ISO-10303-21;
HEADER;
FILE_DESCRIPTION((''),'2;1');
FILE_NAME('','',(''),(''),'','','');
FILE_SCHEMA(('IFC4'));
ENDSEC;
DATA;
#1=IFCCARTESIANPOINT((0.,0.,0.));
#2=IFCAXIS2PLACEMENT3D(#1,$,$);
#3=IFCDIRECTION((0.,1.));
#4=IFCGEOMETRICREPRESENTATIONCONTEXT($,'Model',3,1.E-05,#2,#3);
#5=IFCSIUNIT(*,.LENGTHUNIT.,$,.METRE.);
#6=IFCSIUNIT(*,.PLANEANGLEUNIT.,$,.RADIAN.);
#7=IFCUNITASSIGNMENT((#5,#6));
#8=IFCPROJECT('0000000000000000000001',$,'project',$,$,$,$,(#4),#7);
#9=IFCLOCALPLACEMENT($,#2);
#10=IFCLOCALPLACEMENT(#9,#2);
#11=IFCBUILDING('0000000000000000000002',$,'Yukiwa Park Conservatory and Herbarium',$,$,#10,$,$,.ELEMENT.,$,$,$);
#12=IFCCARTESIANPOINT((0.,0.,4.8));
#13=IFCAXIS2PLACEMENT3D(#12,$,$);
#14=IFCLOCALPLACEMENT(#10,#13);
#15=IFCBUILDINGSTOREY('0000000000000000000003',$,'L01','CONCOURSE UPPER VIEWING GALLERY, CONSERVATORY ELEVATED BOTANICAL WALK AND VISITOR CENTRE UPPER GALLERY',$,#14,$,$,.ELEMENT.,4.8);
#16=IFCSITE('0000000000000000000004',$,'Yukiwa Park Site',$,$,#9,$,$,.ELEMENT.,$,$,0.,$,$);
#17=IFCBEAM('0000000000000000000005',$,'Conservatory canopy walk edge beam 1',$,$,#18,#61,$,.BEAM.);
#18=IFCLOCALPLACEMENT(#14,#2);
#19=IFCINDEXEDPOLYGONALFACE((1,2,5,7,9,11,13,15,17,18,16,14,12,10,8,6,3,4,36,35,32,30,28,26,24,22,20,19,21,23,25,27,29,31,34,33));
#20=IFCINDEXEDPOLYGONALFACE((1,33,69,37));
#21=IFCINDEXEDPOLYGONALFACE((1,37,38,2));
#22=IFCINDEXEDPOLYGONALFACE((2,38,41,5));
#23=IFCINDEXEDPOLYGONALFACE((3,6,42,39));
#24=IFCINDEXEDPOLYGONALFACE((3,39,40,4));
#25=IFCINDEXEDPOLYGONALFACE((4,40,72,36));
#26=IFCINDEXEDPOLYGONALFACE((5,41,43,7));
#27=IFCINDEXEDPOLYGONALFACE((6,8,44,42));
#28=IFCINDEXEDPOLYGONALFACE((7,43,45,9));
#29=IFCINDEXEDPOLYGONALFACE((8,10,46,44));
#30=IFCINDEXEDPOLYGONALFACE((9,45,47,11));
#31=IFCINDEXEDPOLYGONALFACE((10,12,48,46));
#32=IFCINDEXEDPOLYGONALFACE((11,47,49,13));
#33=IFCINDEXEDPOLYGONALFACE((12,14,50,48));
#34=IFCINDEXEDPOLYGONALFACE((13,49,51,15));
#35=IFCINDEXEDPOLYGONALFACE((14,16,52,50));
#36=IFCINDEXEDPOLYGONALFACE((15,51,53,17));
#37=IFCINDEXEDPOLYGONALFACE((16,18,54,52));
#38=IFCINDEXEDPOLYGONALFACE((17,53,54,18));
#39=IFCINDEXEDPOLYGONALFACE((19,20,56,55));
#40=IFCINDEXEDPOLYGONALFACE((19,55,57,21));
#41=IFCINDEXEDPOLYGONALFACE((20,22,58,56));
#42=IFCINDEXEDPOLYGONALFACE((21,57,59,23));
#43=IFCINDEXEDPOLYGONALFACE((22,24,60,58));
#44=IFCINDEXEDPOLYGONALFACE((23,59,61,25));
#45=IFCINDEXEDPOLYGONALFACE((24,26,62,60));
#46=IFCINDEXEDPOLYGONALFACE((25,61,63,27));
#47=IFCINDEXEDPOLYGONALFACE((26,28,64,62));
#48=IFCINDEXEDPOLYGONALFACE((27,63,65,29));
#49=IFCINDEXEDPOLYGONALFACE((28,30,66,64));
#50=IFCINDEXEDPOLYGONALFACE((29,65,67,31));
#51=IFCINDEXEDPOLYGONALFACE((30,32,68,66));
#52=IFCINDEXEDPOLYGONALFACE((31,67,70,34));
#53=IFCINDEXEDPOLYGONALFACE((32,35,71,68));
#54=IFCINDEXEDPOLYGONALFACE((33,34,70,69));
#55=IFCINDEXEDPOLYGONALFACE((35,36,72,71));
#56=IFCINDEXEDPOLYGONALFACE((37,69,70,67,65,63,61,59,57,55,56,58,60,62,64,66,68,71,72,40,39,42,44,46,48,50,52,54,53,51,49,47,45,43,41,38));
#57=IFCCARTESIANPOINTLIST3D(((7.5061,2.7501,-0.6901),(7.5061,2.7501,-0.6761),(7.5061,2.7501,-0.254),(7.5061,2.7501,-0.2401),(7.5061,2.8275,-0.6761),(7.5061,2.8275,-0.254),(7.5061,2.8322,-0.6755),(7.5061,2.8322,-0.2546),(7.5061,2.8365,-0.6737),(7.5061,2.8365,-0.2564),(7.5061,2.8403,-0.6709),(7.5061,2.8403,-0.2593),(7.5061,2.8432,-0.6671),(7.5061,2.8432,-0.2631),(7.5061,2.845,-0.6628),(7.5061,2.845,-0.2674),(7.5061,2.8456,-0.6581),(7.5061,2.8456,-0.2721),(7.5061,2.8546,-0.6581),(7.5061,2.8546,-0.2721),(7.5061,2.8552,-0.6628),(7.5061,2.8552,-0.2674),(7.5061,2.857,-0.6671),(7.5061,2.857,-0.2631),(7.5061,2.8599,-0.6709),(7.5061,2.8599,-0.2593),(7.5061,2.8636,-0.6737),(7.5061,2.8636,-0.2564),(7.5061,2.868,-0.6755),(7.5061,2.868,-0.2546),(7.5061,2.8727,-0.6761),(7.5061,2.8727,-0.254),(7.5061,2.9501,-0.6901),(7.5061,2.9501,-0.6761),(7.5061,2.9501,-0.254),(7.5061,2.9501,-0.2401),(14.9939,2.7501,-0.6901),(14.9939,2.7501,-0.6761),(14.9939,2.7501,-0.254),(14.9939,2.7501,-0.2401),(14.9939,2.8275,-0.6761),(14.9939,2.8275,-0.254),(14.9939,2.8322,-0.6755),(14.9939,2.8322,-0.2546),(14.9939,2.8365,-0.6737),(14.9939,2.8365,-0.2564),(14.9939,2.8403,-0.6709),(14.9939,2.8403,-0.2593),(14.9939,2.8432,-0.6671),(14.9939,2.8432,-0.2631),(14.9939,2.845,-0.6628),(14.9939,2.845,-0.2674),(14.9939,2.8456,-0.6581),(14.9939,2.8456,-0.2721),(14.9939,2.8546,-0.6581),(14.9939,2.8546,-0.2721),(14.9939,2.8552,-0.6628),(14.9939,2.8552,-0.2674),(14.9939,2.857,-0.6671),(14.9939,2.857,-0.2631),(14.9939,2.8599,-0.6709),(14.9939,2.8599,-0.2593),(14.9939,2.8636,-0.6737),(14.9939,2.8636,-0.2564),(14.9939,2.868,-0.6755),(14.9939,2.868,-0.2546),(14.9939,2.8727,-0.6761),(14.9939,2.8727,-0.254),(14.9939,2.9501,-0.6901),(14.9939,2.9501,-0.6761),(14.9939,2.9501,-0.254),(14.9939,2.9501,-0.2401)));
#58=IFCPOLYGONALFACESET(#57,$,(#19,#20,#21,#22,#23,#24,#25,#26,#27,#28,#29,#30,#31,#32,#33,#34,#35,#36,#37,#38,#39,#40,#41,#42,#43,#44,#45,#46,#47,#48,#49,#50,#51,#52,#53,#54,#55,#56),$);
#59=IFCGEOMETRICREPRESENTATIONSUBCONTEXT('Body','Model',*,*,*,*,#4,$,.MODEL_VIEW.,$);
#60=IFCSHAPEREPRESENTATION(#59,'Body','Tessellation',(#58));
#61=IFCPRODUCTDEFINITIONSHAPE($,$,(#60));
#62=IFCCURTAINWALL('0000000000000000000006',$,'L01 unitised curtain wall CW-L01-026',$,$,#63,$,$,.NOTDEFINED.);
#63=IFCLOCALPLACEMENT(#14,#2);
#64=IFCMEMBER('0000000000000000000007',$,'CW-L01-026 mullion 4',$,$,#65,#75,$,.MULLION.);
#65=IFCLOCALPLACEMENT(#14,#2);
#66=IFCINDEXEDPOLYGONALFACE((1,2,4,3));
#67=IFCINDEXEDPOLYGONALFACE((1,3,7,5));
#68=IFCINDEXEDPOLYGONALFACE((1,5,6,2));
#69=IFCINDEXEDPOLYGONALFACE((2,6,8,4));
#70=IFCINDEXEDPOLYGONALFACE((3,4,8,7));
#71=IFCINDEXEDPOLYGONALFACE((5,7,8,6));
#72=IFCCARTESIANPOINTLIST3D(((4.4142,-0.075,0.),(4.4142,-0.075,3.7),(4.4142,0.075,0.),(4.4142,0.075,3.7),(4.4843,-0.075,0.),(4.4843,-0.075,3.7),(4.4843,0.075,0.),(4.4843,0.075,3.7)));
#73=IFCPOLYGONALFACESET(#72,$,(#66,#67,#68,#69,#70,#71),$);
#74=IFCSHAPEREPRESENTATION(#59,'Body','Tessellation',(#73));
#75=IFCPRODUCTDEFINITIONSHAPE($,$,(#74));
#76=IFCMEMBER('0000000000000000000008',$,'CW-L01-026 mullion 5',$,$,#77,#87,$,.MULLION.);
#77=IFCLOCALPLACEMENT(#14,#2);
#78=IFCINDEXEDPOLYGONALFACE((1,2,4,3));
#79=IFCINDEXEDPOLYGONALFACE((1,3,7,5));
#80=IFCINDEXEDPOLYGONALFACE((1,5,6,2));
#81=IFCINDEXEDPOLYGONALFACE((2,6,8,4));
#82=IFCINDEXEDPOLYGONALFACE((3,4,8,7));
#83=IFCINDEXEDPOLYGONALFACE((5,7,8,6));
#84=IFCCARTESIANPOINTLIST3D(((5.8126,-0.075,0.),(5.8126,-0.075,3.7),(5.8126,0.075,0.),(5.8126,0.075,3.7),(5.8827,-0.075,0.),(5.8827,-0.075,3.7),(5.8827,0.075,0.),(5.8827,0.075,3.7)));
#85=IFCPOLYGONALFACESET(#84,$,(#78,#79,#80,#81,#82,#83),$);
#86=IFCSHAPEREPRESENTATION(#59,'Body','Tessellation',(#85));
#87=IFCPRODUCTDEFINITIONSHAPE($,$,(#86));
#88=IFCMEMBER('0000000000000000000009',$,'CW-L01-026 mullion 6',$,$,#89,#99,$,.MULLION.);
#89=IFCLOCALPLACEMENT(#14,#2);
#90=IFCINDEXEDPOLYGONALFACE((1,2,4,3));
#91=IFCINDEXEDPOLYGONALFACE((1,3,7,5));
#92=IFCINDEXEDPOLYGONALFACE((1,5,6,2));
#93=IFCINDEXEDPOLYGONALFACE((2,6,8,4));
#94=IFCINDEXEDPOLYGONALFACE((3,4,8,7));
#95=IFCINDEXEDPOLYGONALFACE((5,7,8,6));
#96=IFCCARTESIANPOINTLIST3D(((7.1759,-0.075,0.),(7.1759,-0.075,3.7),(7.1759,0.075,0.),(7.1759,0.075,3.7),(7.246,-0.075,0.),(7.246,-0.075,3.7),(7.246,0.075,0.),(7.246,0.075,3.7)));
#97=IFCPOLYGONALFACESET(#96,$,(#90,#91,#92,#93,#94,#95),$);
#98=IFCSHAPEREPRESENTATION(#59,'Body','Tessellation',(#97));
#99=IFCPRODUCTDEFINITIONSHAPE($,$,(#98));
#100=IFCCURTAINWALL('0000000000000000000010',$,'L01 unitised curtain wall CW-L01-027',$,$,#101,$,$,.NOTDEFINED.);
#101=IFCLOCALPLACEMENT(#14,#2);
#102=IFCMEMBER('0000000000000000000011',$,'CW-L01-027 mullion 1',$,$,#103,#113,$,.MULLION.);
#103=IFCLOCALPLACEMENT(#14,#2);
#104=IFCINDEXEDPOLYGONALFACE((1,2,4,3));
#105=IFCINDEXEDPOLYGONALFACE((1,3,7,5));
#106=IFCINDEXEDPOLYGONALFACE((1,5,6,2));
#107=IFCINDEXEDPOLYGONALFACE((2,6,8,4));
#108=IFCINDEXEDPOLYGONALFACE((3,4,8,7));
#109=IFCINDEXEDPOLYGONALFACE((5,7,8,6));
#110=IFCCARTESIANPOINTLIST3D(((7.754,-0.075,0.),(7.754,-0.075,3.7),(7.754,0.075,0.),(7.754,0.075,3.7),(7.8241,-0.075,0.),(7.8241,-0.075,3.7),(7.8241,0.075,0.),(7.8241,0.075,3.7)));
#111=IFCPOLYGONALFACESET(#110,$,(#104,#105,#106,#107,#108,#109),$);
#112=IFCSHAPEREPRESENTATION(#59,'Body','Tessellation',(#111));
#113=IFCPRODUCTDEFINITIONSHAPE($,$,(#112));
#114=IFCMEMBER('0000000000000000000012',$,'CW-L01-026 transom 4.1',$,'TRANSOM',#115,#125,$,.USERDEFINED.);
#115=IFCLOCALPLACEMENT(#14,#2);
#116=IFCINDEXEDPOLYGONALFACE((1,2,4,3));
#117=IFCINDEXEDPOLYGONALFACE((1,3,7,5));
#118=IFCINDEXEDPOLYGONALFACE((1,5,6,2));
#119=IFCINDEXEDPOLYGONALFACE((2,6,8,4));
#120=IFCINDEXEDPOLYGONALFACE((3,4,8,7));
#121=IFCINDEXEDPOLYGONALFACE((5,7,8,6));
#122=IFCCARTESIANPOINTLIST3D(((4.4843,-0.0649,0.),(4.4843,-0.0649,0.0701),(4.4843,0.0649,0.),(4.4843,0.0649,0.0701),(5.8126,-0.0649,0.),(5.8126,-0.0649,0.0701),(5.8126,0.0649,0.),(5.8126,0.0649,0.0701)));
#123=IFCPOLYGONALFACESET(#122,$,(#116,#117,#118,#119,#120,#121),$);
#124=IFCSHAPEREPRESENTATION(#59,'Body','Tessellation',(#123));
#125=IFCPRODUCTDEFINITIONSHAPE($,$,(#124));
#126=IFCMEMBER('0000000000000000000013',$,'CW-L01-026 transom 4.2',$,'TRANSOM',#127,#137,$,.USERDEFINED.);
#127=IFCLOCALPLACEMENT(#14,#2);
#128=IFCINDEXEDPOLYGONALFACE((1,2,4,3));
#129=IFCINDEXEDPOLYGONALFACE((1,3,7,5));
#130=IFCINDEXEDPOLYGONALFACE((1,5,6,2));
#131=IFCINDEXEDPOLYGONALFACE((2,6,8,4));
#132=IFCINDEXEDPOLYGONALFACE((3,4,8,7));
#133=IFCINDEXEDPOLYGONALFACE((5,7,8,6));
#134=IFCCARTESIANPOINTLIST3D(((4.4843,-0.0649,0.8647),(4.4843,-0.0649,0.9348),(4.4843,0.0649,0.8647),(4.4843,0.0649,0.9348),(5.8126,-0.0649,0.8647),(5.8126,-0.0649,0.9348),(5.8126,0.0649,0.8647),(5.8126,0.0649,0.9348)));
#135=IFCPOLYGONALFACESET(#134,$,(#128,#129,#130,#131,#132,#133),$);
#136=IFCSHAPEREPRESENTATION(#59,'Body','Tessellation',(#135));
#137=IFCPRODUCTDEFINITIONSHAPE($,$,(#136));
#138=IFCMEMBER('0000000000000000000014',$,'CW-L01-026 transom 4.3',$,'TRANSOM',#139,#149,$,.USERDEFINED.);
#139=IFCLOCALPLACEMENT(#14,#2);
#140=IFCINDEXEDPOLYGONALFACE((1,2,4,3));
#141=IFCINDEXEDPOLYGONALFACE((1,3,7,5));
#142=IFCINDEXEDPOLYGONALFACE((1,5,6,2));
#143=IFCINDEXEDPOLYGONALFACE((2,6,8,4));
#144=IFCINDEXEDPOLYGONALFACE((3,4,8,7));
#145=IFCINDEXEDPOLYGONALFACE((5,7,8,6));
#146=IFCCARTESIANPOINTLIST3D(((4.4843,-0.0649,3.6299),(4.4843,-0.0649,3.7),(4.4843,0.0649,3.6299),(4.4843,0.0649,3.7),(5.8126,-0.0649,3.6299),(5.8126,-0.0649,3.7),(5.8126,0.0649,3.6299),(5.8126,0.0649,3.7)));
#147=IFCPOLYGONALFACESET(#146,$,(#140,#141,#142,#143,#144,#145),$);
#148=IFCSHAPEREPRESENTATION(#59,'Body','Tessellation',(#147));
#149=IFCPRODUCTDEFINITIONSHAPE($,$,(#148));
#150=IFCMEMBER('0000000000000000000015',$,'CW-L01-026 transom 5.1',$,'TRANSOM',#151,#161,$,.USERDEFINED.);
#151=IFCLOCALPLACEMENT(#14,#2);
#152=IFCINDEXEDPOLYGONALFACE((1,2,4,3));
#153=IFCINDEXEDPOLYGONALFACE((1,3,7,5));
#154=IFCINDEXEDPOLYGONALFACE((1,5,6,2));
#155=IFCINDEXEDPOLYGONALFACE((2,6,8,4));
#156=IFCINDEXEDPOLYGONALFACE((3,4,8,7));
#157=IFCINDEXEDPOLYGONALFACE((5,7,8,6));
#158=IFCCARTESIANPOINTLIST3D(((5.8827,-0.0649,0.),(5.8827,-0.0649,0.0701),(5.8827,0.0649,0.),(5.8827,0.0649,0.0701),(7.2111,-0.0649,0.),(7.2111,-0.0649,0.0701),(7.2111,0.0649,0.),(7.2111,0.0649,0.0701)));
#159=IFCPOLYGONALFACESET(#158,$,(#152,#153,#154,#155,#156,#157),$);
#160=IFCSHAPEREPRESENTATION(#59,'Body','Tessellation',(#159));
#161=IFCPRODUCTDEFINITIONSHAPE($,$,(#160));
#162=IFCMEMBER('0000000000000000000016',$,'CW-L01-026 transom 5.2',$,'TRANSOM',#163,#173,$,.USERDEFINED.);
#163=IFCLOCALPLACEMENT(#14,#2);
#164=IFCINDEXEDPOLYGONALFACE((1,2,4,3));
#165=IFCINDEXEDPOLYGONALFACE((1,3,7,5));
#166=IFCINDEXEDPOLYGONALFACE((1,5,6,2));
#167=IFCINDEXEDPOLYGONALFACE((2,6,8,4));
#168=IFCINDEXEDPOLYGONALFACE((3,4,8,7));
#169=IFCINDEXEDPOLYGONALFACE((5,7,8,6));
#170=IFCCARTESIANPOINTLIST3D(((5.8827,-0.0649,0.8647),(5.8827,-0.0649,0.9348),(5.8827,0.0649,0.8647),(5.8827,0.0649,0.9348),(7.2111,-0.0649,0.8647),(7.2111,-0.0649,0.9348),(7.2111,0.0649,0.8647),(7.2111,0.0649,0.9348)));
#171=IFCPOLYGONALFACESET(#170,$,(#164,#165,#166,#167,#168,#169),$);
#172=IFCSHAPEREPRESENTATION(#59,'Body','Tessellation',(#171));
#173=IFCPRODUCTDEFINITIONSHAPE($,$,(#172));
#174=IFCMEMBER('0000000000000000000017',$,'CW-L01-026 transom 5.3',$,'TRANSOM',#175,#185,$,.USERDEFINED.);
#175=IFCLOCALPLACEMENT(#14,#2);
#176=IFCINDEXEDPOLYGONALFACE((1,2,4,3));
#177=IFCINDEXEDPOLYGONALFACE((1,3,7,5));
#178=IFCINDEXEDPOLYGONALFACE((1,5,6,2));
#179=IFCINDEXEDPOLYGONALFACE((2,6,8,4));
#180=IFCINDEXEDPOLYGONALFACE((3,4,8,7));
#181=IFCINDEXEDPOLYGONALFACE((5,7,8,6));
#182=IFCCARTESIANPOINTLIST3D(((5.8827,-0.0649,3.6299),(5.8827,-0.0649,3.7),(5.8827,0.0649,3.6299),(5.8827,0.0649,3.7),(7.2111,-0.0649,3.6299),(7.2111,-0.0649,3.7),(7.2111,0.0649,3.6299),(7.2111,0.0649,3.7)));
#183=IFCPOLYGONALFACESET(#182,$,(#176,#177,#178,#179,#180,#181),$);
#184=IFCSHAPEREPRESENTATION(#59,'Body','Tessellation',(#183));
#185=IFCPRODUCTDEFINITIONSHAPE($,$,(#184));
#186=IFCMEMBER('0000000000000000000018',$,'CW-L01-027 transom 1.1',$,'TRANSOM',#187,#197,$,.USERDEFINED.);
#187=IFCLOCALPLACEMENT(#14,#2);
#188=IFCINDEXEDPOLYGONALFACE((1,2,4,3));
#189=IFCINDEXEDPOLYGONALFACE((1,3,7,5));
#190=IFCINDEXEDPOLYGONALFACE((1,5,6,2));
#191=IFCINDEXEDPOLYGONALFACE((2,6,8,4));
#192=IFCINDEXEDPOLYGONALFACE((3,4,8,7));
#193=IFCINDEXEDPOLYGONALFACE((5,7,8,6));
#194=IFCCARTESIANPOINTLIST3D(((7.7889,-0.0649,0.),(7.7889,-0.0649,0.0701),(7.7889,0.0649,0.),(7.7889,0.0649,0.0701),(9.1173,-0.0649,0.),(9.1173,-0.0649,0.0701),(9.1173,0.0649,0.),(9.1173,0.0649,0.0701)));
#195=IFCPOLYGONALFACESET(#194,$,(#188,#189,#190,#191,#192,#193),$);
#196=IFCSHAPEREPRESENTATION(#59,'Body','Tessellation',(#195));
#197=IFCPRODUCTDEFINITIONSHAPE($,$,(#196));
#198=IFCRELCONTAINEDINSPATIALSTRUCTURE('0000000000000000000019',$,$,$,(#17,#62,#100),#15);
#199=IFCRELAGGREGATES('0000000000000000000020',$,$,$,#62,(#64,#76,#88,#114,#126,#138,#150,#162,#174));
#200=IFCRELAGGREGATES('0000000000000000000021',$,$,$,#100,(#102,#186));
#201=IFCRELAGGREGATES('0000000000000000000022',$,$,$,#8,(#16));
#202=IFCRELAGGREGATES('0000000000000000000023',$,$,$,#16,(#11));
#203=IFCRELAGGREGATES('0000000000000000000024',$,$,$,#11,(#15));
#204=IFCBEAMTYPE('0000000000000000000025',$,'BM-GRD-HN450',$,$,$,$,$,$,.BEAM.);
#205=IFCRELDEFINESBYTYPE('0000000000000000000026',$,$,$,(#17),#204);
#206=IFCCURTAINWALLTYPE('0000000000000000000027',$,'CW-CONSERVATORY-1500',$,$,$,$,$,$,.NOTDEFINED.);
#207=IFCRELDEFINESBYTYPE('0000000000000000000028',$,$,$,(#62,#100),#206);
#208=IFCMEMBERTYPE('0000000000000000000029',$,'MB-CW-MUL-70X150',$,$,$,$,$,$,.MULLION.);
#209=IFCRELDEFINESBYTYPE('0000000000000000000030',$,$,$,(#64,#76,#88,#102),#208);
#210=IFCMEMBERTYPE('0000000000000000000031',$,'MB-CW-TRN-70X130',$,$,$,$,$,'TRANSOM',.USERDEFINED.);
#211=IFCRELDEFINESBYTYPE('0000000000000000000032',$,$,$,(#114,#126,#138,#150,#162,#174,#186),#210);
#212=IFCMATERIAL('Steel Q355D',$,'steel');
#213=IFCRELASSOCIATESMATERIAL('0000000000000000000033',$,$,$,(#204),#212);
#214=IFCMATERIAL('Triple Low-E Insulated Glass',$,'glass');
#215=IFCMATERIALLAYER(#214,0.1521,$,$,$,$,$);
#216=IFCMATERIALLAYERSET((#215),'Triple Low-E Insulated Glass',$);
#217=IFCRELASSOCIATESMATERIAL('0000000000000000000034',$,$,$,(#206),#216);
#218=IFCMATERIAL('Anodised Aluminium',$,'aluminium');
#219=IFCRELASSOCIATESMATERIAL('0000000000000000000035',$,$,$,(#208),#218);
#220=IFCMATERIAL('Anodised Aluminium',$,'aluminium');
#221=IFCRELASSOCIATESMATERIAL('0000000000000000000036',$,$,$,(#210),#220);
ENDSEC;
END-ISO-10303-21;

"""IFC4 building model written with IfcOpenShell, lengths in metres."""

from ifc_helpers import new_model, si_unit, direction, frame, origin, origin_2d, place, context, subcontext, project, spatial, rectangle, i_section, extrude, material, layer, layer_set, material_profile, profile_set, type_object, element, aggregate, save


model = new_model("IFC4")

# Units and contexts
model_context = context("Model", 3, precision=1e-05, world=origin(), true_north=direction((0.0, 1.0)))
body_context = subcontext(model_context, "Body", "Model", "MODEL_VIEW")
ifc_project = project(units=[si_unit("LENGTHUNIT", "METRE"), si_unit("PLANEANGLEUNIT", "RADIAN")], contexts=[model_context])

# Site, building, storey
site_placement = place(None, origin())
site = spatial("IfcSite", under=ifc_project, at=site_placement, Name="Yukiwa Park Site", CompositionType="ELEMENT", RefElevation=0.0)
building_placement = place(site_placement, origin())
building = spatial("IfcBuilding", under=site, at=building_placement, Name="Yukiwa Park Conservatory and Herbarium", CompositionType="ELEMENT")
storey_placement = place(building_placement, frame((0.0, 0.0, 4.8)))
storey = spatial("IfcBuildingStorey", under=building, at=storey_placement, Name="L01", Description="CONCOURSE UPPER VIEWING GALLERY, CONSERVATORY ELEVATED BOTANICAL WALK AND VISITOR CENTRE UPPER GALLERY", CompositionType="ELEMENT", Elevation=4.8)

# Beam
ifc_material_1 = material(Name="Steel Q355D", Category="steel")
ifc_material_profile_1 = material_profile(ifc_material_1, i_section(OverallWidth=0.2, OverallDepth=0.45, WebThickness=0.009, FlangeThickness=0.0139, FilletRadius=0.0181, at=origin_2d()), Name="HN 450x200x9x14")
ifc_profile_set_1 = profile_set([ifc_material_profile_1], Name="Steel Q355D")
beam_type = type_object("IfcBeamType", Name="BM-GRD-HN450", PredefinedType="BEAM", material=ifc_profile_set_1)
beam_1_placement = place(storey_placement, frame((7.5061, 2.8501, -0.4651), z_axis=(1.0, 0.0, 0.0), x_axis=(0.0, 1.0, 0.0)))
element("IfcBeam", 1, at=beam_1_placement, inside=storey, type_object=beam_type, Name="Conservatory canopy walk edge beam 1", PredefinedType="BEAM", context=body_context, shape_type="SweptSolid", body=[
    extrude(i_section(OverallWidth=0.2, OverallDepth=0.45, WebThickness=0.009, FlangeThickness=0.0139, FilletRadius=0.0181, at=origin_2d()), origin(), (0.0, 0.0, 1.0), 7.4878),
])

# Curtain wall, members
ifc_material_2 = material(Name="Triple Low-E Insulated Glass", Category="glass")
ifc_layer_1 = layer(ifc_material_2, 0.1521)
ifc_layer_set_1 = layer_set([ifc_layer_1], Name="Triple Low-E Insulated Glass")
curtain_wall_type = type_object("IfcCurtainWallType", Name="CW-CONSERVATORY-1500", PredefinedType="NOTDEFINED", material=ifc_layer_set_1)
curtain_wall_1_placement = place(storey_placement, origin())
curtain_wall_1 = element("IfcCurtainWall", 2, at=curtain_wall_1_placement, inside=storey, type_object=curtain_wall_type, Name="L01 unitised curtain wall CW-L01-026", PredefinedType="NOTDEFINED")
ifc_material_3 = material(Name="Anodised Aluminium", Category="aluminium")
member_type_1 = type_object("IfcMemberType", Name="MB-CW-MUL-70X150", PredefinedType="MULLION", material=ifc_material_3)
member_1_placement = place(storey_placement, frame((4.4492, 0.0, 0.0), z_axis=(0.0, 0.0, 1.0), x_axis=(1.0, 0.0, 0.0)))
member_1 = element("IfcMember", 3, at=member_1_placement, type_object=member_type_1, Name="CW-L01-026 mullion 4", PredefinedType="MULLION", context=body_context, shape_type="SweptSolid", body=[
    extrude(rectangle(XDim=0.0701, YDim=0.1499, at=origin_2d()), origin(), (0.0, 0.0, 1.0), 3.7),
])
member_2_placement = place(storey_placement, frame((5.8477, 0.0, 0.0), z_axis=(0.0, 0.0, 1.0), x_axis=(1.0, 0.0, 0.0)))
member_2 = element("IfcMember", 4, at=member_2_placement, type_object=member_type_1, Name="CW-L01-026 mullion 5", PredefinedType="MULLION", context=body_context, shape_type="SweptSolid", body=[
    extrude(rectangle(XDim=0.0701, YDim=0.1499, at=origin_2d()), origin(), (0.0, 0.0, 1.0), 3.7),
])
member_3_placement = place(storey_placement, frame((7.2109, 0.0, 0.0), z_axis=(0.0, 0.0, 1.0), x_axis=(1.0, 0.0, 0.0)))
member_3 = element("IfcMember", 5, at=member_3_placement, type_object=member_type_1, Name="CW-L01-026 mullion 6", PredefinedType="MULLION", context=body_context, shape_type="SweptSolid", body=[
    extrude(rectangle(XDim=0.0701, YDim=0.1499, at=origin_2d()), origin(), (0.0, 0.0, 1.0), 3.7),
])

# Curtain wall, member
curtain_wall_2_placement = place(storey_placement, origin())
curtain_wall_2 = element("IfcCurtainWall", 6, at=curtain_wall_2_placement, inside=storey, type_object=curtain_wall_type, Name="L01 unitised curtain wall CW-L01-027", PredefinedType="NOTDEFINED")
member_4_placement = place(storey_placement, frame((7.7891, 0.0, 0.0), z_axis=(0.0, 0.0, 1.0), x_axis=(1.0, 0.0, 0.0)))
member_4 = element("IfcMember", 7, at=member_4_placement, type_object=member_type_1, Name="CW-L01-027 mullion 1", PredefinedType="MULLION", context=body_context, shape_type="SweptSolid", body=[
    extrude(rectangle(XDim=0.0701, YDim=0.1499, at=origin_2d()), origin(), (0.0, 0.0, 1.0), 3.7),
])

# Members
ifc_material_4 = material(Name="Anodised Aluminium", Category="aluminium")
member_type_2 = type_object("IfcMemberType", Name="MB-CW-TRN-70X130", ElementType="TRANSOM", PredefinedType="USERDEFINED", material=ifc_material_4)
member_5_placement = place(storey_placement, frame((5.1484, 0.0, 0.0), z_axis=(0.0, 0.0, 1.0), x_axis=(1.0, 0.0, 0.0)))
member_5 = element("IfcMember", 8, at=member_5_placement, type_object=member_type_2, Name="CW-L01-026 transom 4.1", ObjectType="TRANSOM", PredefinedType="USERDEFINED", context=body_context, shape_type="SweptSolid", body=[
    extrude(rectangle(XDim=1.3284, YDim=0.1299, at=origin_2d()), origin(), (0.0, 0.0, 1.0), 0.0701),
])
member_6_placement = place(storey_placement, frame((5.1484, 0.0, 0.8647), z_axis=(0.0, 0.0, 1.0), x_axis=(1.0, 0.0, 0.0)))
member_6 = element("IfcMember", 9, at=member_6_placement, type_object=member_type_2, Name="CW-L01-026 transom 4.2", ObjectType="TRANSOM", PredefinedType="USERDEFINED", context=body_context, shape_type="SweptSolid", body=[
    extrude(rectangle(XDim=1.3284, YDim=0.1299, at=origin_2d()), origin(), (0.0, 0.0, 1.0), 0.0701),
])
member_7_placement = place(storey_placement, frame((5.1484, 0.0, 3.6299), z_axis=(0.0, 0.0, 1.0), x_axis=(1.0, 0.0, 0.0)))
member_7 = element("IfcMember", 10, at=member_7_placement, type_object=member_type_2, Name="CW-L01-026 transom 4.3", ObjectType="TRANSOM", PredefinedType="USERDEFINED", context=body_context, shape_type="SweptSolid", body=[
    extrude(rectangle(XDim=1.3284, YDim=0.1299, at=origin_2d()), origin(), (0.0, 0.0, 1.0), 0.0701),
])
member_8_placement = place(storey_placement, frame((6.5469, 0.0, 0.0), z_axis=(0.0, 0.0, 1.0), x_axis=(1.0, 0.0, 0.0)))
member_8 = element("IfcMember", 11, at=member_8_placement, type_object=member_type_2, Name="CW-L01-026 transom 5.1", ObjectType="TRANSOM", PredefinedType="USERDEFINED", context=body_context, shape_type="SweptSolid", body=[
    extrude(rectangle(XDim=1.3284, YDim=0.1299, at=origin_2d()), origin(), (0.0, 0.0, 1.0), 0.0701),
])
member_9_placement = place(storey_placement, frame((6.5469, 0.0, 0.8647), z_axis=(0.0, 0.0, 1.0), x_axis=(1.0, 0.0, 0.0)))
member_9 = element("IfcMember", 12, at=member_9_placement, type_object=member_type_2, Name="CW-L01-026 transom 5.2", ObjectType="TRANSOM", PredefinedType="USERDEFINED", context=body_context, shape_type="SweptSolid", body=[
    extrude(rectangle(XDim=1.3284, YDim=0.1299, at=origin_2d()), origin(), (0.0, 0.0, 1.0), 0.0701),
])
member_10_placement = place(storey_placement, frame((6.5469, 0.0, 3.6299), z_axis=(0.0, 0.0, 1.0), x_axis=(1.0, 0.0, 0.0)))
member_10 = element("IfcMember", 13, at=member_10_placement, type_object=member_type_2, Name="CW-L01-026 transom 5.3", ObjectType="TRANSOM", PredefinedType="USERDEFINED", context=body_context, shape_type="SweptSolid", body=[
    extrude(rectangle(XDim=1.3284, YDim=0.1299, at=origin_2d()), origin(), (0.0, 0.0, 1.0), 0.0701),
])
member_11_placement = place(storey_placement, frame((8.4531, 0.0, 0.0), z_axis=(0.0, 0.0, 1.0), x_axis=(1.0, 0.0, 0.0)))
member_11 = element("IfcMember", 14, at=member_11_placement, type_object=member_type_2, Name="CW-L01-027 transom 1.1", ObjectType="TRANSOM", PredefinedType="USERDEFINED", context=body_context, shape_type="SweptSolid", body=[
    extrude(rectangle(XDim=1.3284, YDim=0.1299, at=origin_2d()), origin(), (0.0, 0.0, 1.0), 0.0701),
])

aggregate(curtain_wall_1, [member_1, member_2, member_3, member_5, member_6, member_7, member_8, member_9, member_10])
aggregate(curtain_wall_2, [member_4, member_11])

save(model, "model.ifc")
